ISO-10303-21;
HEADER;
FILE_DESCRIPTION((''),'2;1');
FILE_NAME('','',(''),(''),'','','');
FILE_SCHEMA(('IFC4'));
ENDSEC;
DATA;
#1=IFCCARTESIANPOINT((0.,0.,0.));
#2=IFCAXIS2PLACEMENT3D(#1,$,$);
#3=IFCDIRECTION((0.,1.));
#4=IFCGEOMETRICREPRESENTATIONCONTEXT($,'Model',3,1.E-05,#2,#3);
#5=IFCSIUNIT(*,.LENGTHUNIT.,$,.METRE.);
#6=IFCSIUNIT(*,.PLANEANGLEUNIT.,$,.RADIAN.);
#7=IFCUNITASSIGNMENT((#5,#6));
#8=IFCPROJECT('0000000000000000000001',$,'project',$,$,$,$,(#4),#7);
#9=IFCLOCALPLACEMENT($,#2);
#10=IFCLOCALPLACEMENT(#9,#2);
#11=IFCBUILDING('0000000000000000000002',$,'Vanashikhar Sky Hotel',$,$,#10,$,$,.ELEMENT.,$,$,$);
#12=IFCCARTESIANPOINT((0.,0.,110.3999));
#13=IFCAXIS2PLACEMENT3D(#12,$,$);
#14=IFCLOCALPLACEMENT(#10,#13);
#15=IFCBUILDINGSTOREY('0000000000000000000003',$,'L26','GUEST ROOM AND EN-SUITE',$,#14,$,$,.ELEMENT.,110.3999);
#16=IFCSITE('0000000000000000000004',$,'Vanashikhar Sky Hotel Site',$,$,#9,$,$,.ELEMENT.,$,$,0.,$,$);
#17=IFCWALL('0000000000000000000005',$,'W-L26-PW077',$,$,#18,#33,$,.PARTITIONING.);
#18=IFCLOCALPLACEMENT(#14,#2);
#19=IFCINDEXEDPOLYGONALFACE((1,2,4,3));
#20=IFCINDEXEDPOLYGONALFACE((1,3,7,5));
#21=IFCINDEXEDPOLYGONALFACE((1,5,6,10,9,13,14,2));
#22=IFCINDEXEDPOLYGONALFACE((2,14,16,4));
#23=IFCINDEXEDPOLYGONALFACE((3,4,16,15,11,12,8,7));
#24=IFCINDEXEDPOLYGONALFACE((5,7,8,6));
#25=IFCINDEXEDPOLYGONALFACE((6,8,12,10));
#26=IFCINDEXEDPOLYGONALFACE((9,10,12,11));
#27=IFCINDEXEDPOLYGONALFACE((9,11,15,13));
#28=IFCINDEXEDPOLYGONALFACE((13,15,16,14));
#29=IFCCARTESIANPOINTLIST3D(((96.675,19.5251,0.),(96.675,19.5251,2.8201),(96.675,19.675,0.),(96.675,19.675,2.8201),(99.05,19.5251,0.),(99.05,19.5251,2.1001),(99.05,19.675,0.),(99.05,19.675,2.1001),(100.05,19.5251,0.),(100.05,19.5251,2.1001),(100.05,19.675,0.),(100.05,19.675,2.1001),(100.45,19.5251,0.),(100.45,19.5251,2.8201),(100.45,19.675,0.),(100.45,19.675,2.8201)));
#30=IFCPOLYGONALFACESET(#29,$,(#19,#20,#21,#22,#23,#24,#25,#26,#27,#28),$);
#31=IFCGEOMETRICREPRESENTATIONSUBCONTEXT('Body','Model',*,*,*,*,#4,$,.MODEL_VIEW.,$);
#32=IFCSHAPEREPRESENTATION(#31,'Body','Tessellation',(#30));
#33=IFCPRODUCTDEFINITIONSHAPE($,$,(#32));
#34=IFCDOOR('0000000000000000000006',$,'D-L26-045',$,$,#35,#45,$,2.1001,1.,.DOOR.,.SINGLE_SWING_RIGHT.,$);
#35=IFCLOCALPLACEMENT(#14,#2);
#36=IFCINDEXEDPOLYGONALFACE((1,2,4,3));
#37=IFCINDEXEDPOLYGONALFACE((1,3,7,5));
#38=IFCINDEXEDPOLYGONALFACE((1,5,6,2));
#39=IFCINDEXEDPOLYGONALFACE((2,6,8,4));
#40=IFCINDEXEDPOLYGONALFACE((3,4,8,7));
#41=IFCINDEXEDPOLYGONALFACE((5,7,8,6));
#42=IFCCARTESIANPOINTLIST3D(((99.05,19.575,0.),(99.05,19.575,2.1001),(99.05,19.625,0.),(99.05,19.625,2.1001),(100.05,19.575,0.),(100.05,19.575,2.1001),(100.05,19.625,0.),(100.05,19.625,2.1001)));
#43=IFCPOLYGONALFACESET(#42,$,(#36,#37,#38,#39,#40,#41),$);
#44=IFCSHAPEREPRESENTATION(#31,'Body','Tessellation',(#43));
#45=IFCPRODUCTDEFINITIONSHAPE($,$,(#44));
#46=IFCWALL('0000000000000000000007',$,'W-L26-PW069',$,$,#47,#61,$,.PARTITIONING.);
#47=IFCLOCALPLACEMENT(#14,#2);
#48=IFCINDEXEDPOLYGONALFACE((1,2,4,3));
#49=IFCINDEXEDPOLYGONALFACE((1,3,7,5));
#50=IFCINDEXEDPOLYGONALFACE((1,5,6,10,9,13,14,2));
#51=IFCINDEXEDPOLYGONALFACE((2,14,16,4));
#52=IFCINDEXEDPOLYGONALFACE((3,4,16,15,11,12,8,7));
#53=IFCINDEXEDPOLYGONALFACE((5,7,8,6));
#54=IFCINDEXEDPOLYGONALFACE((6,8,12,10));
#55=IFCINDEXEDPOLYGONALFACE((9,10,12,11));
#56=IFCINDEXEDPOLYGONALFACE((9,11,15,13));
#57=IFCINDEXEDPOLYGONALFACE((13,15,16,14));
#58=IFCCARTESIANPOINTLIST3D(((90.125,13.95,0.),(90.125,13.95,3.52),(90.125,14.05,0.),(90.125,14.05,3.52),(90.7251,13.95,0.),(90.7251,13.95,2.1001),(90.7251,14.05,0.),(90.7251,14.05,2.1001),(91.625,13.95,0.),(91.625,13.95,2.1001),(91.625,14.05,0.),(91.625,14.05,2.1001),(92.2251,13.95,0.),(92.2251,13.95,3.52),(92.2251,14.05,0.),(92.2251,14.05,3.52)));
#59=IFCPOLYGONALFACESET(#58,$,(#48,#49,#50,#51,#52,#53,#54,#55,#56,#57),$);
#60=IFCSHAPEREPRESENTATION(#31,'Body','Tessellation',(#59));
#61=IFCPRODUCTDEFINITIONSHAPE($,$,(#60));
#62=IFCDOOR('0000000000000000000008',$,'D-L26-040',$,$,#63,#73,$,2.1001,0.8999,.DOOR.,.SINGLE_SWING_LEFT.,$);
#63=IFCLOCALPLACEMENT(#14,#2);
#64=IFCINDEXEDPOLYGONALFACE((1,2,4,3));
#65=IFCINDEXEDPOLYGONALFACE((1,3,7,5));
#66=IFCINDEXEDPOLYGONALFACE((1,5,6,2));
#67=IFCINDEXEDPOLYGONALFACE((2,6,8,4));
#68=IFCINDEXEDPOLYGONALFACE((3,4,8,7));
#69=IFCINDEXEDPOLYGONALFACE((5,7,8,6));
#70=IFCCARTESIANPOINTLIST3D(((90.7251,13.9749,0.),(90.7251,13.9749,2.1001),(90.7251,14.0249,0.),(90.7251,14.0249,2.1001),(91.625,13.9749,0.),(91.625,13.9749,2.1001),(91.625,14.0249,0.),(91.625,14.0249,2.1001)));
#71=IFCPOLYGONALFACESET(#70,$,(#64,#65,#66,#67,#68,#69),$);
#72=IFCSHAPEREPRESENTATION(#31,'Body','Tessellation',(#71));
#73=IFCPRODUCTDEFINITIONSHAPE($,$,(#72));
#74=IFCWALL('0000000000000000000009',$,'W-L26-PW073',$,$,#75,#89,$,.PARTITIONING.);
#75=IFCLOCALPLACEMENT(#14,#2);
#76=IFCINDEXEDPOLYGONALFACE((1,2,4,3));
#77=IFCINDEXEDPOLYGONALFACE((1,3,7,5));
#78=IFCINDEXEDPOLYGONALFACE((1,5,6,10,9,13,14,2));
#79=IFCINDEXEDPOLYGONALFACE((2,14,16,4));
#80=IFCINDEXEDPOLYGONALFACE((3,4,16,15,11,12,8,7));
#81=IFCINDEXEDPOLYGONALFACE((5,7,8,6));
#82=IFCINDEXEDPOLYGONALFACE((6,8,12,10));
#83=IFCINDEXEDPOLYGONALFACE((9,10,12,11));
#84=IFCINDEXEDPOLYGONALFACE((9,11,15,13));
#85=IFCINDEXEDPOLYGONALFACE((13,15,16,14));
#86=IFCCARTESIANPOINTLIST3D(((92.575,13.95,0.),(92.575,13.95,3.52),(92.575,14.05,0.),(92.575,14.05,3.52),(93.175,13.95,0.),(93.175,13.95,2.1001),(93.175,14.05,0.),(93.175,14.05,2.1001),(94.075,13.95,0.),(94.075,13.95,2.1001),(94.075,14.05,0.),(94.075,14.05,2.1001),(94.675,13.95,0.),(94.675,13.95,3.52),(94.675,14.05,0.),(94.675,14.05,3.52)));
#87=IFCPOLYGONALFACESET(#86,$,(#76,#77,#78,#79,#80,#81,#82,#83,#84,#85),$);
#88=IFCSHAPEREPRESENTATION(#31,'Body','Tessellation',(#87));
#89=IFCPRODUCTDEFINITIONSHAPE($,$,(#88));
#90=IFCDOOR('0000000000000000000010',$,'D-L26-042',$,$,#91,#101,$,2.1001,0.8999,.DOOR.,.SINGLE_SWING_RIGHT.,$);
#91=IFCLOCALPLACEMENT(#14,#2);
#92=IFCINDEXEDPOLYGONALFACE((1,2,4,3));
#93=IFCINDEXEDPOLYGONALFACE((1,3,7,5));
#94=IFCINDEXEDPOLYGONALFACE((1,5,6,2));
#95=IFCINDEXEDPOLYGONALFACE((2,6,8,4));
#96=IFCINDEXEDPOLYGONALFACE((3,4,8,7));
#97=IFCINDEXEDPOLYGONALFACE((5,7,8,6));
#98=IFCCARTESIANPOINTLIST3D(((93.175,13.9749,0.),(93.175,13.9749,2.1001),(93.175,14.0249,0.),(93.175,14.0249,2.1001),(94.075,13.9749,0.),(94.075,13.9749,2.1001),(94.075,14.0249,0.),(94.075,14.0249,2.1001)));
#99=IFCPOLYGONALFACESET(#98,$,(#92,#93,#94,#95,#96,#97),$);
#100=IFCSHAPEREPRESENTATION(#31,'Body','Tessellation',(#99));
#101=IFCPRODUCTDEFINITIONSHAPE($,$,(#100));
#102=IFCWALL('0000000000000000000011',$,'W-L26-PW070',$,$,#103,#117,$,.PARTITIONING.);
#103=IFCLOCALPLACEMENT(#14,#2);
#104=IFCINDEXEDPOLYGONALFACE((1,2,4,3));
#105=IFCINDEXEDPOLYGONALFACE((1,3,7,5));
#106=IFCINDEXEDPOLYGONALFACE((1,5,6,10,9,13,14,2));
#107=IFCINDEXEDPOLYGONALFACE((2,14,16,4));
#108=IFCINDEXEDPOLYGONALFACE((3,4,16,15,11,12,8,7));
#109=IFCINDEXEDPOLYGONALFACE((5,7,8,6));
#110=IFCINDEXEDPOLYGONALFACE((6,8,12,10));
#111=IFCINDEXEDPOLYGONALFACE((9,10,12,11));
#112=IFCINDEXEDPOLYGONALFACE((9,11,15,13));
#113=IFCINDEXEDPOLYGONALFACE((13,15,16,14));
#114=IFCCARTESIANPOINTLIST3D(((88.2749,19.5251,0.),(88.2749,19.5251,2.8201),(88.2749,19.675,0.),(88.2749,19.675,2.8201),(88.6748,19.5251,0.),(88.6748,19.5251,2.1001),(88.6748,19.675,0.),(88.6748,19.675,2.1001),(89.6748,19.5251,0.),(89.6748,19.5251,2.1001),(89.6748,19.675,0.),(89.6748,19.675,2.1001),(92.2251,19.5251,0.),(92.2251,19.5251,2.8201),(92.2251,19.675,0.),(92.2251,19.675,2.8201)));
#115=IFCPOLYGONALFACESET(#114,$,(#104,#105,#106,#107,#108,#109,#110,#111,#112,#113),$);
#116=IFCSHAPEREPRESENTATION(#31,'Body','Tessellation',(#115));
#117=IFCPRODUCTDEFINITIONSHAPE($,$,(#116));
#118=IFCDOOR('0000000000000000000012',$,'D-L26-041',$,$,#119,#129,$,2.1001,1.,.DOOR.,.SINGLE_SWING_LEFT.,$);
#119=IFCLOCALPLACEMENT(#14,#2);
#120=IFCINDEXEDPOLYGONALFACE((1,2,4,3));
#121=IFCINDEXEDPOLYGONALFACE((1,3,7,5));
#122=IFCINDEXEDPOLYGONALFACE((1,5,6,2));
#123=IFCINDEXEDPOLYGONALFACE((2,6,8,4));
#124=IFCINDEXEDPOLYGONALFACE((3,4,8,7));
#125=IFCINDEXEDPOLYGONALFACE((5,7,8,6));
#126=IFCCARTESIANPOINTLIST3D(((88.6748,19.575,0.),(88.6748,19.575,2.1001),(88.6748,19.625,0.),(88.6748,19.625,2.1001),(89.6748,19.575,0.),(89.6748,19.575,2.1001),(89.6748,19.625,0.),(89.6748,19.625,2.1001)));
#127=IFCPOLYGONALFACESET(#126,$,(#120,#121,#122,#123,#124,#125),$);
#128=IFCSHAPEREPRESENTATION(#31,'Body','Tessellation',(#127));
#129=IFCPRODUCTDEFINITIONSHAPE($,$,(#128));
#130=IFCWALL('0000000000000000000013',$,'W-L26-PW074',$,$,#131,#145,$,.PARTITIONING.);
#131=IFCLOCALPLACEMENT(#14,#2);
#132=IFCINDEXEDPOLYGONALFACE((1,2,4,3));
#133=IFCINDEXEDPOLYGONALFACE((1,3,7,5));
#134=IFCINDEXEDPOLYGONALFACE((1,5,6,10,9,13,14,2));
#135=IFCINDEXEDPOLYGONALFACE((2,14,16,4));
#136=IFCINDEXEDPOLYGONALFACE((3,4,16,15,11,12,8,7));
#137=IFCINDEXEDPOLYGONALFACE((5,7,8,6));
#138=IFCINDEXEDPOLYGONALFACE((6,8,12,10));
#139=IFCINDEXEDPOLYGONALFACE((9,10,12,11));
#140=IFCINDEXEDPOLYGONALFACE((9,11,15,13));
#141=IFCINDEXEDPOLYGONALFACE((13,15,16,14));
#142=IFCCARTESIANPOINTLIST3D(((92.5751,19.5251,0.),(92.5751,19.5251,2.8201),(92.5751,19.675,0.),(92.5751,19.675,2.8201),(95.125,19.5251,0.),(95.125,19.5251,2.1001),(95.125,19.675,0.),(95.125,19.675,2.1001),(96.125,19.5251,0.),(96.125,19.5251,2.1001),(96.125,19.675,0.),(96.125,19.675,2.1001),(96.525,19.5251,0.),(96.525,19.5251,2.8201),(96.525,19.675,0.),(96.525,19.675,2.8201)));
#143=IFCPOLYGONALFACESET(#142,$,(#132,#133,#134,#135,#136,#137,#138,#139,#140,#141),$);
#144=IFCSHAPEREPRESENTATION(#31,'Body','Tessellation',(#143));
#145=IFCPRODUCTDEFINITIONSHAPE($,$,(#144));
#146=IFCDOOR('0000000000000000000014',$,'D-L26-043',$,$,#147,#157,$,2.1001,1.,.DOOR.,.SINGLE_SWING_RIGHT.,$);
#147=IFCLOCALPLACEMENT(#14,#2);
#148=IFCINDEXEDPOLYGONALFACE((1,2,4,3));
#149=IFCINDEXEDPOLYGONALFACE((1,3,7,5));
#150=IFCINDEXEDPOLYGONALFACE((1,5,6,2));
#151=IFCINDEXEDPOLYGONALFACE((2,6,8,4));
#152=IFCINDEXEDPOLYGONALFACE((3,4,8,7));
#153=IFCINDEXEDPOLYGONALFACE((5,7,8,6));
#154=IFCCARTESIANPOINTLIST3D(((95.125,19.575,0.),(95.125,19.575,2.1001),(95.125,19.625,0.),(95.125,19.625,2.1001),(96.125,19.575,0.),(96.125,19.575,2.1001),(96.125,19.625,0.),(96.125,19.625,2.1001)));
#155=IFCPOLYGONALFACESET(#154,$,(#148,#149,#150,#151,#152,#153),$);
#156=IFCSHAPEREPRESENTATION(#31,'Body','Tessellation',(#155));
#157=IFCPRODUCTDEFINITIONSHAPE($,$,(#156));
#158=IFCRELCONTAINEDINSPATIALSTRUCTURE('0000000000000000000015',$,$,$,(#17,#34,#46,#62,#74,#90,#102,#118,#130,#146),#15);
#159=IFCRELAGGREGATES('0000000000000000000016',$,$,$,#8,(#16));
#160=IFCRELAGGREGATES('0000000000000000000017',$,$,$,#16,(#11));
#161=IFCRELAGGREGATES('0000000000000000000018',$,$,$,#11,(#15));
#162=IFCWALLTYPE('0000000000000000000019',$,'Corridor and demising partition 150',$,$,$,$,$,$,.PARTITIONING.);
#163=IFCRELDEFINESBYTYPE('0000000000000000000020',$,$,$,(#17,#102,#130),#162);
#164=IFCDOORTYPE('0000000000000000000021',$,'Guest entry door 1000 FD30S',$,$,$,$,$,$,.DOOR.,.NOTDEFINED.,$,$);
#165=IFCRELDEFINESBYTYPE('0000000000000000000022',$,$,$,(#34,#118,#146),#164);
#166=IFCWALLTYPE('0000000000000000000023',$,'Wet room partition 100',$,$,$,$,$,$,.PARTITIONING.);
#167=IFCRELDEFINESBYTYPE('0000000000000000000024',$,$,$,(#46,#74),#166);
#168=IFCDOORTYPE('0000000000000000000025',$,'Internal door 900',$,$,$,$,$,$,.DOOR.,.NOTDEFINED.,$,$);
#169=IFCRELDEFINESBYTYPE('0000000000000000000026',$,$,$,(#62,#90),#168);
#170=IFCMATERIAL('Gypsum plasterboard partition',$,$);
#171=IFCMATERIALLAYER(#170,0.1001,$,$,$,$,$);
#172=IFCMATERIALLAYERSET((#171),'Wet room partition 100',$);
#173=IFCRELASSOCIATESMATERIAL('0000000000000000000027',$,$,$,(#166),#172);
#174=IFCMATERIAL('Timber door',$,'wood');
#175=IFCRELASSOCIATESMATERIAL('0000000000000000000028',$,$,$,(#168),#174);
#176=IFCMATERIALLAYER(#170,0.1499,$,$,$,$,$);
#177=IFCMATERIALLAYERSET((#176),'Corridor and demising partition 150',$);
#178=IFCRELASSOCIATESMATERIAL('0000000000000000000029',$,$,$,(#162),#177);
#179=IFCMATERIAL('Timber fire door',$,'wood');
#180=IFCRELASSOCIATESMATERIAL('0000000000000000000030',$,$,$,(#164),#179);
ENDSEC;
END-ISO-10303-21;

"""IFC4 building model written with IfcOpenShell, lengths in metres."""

from ifc_helpers import new_model, si_unit, direction, frame, frame_2d, origin, place, context, subcontext, project, spatial, rectangle, extrude, source, transform, mapped, material, layer, layer_set, type_object, element, fill, save


model = new_model("IFC4")

# Units and contexts
model_context = context("Model", 3, precision=1e-05, world=origin(), true_north=direction((0.0, 1.0)))
body_context = subcontext(model_context, "Body", "Model", "MODEL_VIEW")
ifc_project = project(units=[si_unit("LENGTHUNIT", "METRE"), si_unit("PLANEANGLEUNIT", "RADIAN")], contexts=[model_context])

# Site, building, storey
site_placement = place(None, origin())
site = spatial("IfcSite", under=ifc_project, at=site_placement, Name="Vanashikhar Sky Hotel Site", CompositionType="ELEMENT", RefElevation=0.0)
building_placement = place(site_placement, origin())
building = spatial("IfcBuilding", under=site, at=building_placement, Name="Vanashikhar Sky Hotel", CompositionType="ELEMENT")
storey_placement = place(building_placement, frame((0.0, 0.0, 110.3999)))
storey = spatial("IfcBuildingStorey", under=building, at=storey_placement, Name="L26", Description="GUEST ROOM AND EN-SUITE", CompositionType="ELEMENT", Elevation=110.3999)

# Shared definitions
ifc_material_1 = material(Name="Gypsum plasterboard partition")
ifc_layer_1 = layer(ifc_material_1, 0.1001)
ifc_layer_set_1 = layer_set([ifc_layer_1], Name="Wet room partition 100")
wall_type_1 = type_object("IfcWallType", Name="Wet room partition 100", PredefinedType="PARTITIONING", material=ifc_layer_set_1)

# Walls, openings, doors
shared_shape_1 = source(origin(), body_context, "Body", "SweptSolid", [
    extrude(rectangle(XDim=0.8999, YDim=2.1001, at=frame_2d((0.45, 1.05))), frame((0.0, 0.0601, 0.0), z_axis=(0.0, -1.0, 0.0), x_axis=(1.0, 0.0, 0.0)), (0.0, 0.0, 1.0), 0.1201),
])
ifc_material_2 = material(Name="Timber door", Category="wood")
door_type_1 = type_object("IfcDoorType", Name="Internal door 900", OperationType="NOTDEFINED", PredefinedType="DOOR", material=ifc_material_2)
shared_shape_2 = source(origin(), body_context, "Body", "SweptSolid", [
    extrude(rectangle(XDim=0.8999, YDim=2.1001, at=frame_2d((0.45, 1.05))), frame((0.0, 0.0249, 0.0), z_axis=(0.0, -1.0, 0.0), x_axis=(1.0, 0.0, 0.0)), (0.0, 0.0, 1.0), 0.05),
])
ifc_layer_2 = layer(ifc_material_1, 0.1499)
ifc_layer_set_2 = layer_set([ifc_layer_2], Name="Corridor and demising partition 150")
wall_type_2 = type_object("IfcWallType", Name="Corridor and demising partition 150", PredefinedType="PARTITIONING", material=ifc_layer_set_2)
shared_shape_3 = source(origin(), body_context, "Body", "SweptSolid", [
    extrude(rectangle(XDim=3.7749, YDim=0.1499, at=frame_2d((1.8875, 0.0))), origin(), (0.0, 0.0, 1.0), 2.8201),
])
wall_1_placement = place(storey_placement, frame((96.675, 19.6001, 0.0), z_axis=(0.0, 0.0, 1.0), x_axis=(1.0, 0.0, 0.0)))
wall_1 = element("IfcWall", 1, at=wall_1_placement, inside=storey, type_object=wall_type_2, Name="W-L26-PW077", PredefinedType="PARTITIONING", context=body_context, shape_type="MappedRepresentation", body=[
    mapped(shared_shape_3, transform((0.0, 0.0, 0.0), scale=1.0)),
])
shared_shape_4 = source(origin(), body_context, "Body", "SweptSolid", [
    extrude(rectangle(XDim=1.0, YDim=2.1001, at=frame_2d((0.5, 1.05))), frame((0.0, 0.085, 0.0), z_axis=(0.0, -1.0, 0.0), x_axis=(1.0, 0.0, 0.0)), (0.0, 0.0, 1.0), 0.1699),
])
opening_1_placement = place(wall_1_placement, frame((2.375, 0.0, 0.0)))
opening_1 = element("IfcOpeningElement", 2, at=opening_1_placement, cuts=wall_1, PredefinedType="OPENING", context=body_context, shape_type="MappedRepresentation", body=[
    mapped(shared_shape_4, transform((0.0, 0.0, 0.0), scale=1.0)),
])
ifc_material_3 = material(Name="Timber fire door", Category="wood")
door_type_2 = type_object("IfcDoorType", Name="Guest entry door 1000 FD30S", OperationType="NOTDEFINED", PredefinedType="DOOR", material=ifc_material_3)
shared_shape_5 = source(origin(), body_context, "Body", "SweptSolid", [
    extrude(rectangle(XDim=1.0, YDim=2.1001, at=frame_2d((0.5, 1.05))), frame((0.0, 0.0249, 0.0), z_axis=(0.0, -1.0, 0.0), x_axis=(1.0, 0.0, 0.0)), (0.0, 0.0, 1.0), 0.05),
])
door_1_placement = place(opening_1_placement, origin())
door_1 = element("IfcDoor", 3, at=door_1_placement, inside=storey, type_object=door_type_2, Name="D-L26-045", OperationType="SINGLE_SWING_RIGHT", OverallHeight=2.1001, OverallWidth=1.0, PredefinedType="DOOR", context=body_context, shape_type="MappedRepresentation", body=[
    mapped(shared_shape_5, transform((0.0, 0.0, 0.0), scale=1.0)),
])
fill(opening_1, door_1)
shared_shape_6 = source(origin(), body_context, "Body", "SweptSolid", [
    extrude(rectangle(XDim=2.1001, YDim=0.1001, at=frame_2d((1.05, 0.0))), origin(), (0.0, 0.0, 1.0), 3.52),
])
wall_2_placement = place(storey_placement, frame((90.125, 14.0, 0.0), z_axis=(0.0, 0.0, 1.0), x_axis=(1.0, 0.0, 0.0)))
wall_2 = element("IfcWall", 4, at=wall_2_placement, inside=storey, type_object=wall_type_1, Name="W-L26-PW069", PredefinedType="PARTITIONING", context=body_context, shape_type="MappedRepresentation", body=[
    mapped(shared_shape_6, transform((0.0, 0.0, 0.0), scale=1.0)),
])
opening_2_placement = place(wall_2_placement, frame((0.6001, 0.0, 0.0)))
opening_2 = element("IfcOpeningElement", 5, at=opening_2_placement, cuts=wall_2, PredefinedType="OPENING", context=body_context, shape_type="MappedRepresentation", body=[
    mapped(shared_shape_1, transform((0.0, 0.0, 0.0), scale=1.0)),
])
door_2_placement = place(opening_2_placement, origin())
door_2 = element("IfcDoor", 6, at=door_2_placement, inside=storey, type_object=door_type_1, Name="D-L26-040", OperationType="SINGLE_SWING_LEFT", OverallHeight=2.1001, OverallWidth=0.8999, PredefinedType="DOOR", context=body_context, shape_type="MappedRepresentation", body=[
    mapped(shared_shape_2, transform((0.0, 0.0, 0.0), scale=1.0)),
])
fill(opening_2, door_2)
wall_3_placement = place(storey_placement, frame((92.575, 14.0, 0.0), z_axis=(0.0, 0.0, 1.0), x_axis=(1.0, 0.0, 0.0)))
wall_3 = element("IfcWall", 7, at=wall_3_placement, inside=storey, type_object=wall_type_1, Name="W-L26-PW073", PredefinedType="PARTITIONING", context=body_context, shape_type="MappedRepresentation", body=[
    mapped(shared_shape_6, transform((0.0, 0.0, 0.0), scale=1.0)),
])
opening_3_placement = place(wall_3_placement, frame((0.6001, 0.0, 0.0)))
opening_3 = element("IfcOpeningElement", 8, at=opening_3_placement, cuts=wall_3, PredefinedType="OPENING", context=body_context, shape_type="MappedRepresentation", body=[
    mapped(shared_shape_1, transform((0.0, 0.0, 0.0), scale=1.0)),
])
door_3_placement = place(opening_3_placement, origin())
door_3 = element("IfcDoor", 9, at=door_3_placement, inside=storey, type_object=door_type_1, Name="D-L26-042", OperationType="SINGLE_SWING_RIGHT", OverallHeight=2.1001, OverallWidth=0.8999, PredefinedType="DOOR", context=body_context, shape_type="MappedRepresentation", body=[
    mapped(shared_shape_2, transform((0.0, 0.0, 0.0), scale=1.0)),
])
fill(opening_3, door_3)
shared_shape_7 = source(origin(), body_context, "Body", "SweptSolid", [
    extrude(rectangle(XDim=3.9502, YDim=0.1499, at=frame_2d((1.9751, 0.0))), origin(), (0.0, 0.0, 1.0), 2.8201),
])
wall_4_placement = place(storey_placement, frame((88.2749, 19.6001, 0.0), z_axis=(0.0, 0.0, 1.0), x_axis=(1.0, 0.0, 0.0)))
wall_4 = element("IfcWall", 10, at=wall_4_placement, inside=storey, type_object=wall_type_2, Name="W-L26-PW070", PredefinedType="PARTITIONING", context=body_context, shape_type="MappedRepresentation", body=[
    mapped(shared_shape_7, transform((0.0, 0.0, 0.0), scale=1.0)),
])
opening_4_placement = place(wall_4_placement, frame((0.3999, 0.0, 0.0)))
opening_4 = element("IfcOpeningElement", 11, at=opening_4_placement, cuts=wall_4, PredefinedType="OPENING", context=body_context, shape_type="MappedRepresentation", body=[
    mapped(shared_shape_4, transform((0.0, 0.0, 0.0), scale=1.0)),
])
door_4_placement = place(opening_4_placement, origin())
door_4 = element("IfcDoor", 12, at=door_4_placement, inside=storey, type_object=door_type_2, Name="D-L26-041", OperationType="SINGLE_SWING_LEFT", OverallHeight=2.1001, OverallWidth=1.0, PredefinedType="DOOR", context=body_context, shape_type="MappedRepresentation", body=[
    mapped(shared_shape_5, transform((0.0, 0.0, 0.0), scale=1.0)),
])
fill(opening_4, door_4)
shared_shape_8 = source(origin(), body_context, "Body", "SweptSolid", [
    extrude(rectangle(XDim=3.95, YDim=0.1499, at=frame_2d((1.9751, 0.0))), origin(), (0.0, 0.0, 1.0), 2.8201),
])
wall_5_placement = place(storey_placement, frame((92.575, 19.6001, 0.0), z_axis=(0.0, 0.0, 1.0), x_axis=(1.0, 0.0, 0.0)))
wall_5 = element("IfcWall", 13, at=wall_5_placement, inside=storey, type_object=wall_type_2, Name="W-L26-PW074", PredefinedType="PARTITIONING", context=body_context, shape_type="MappedRepresentation", body=[
    mapped(shared_shape_8, transform((0.0, 0.0, 0.0), scale=1.0)),
])
opening_5_placement = place(wall_5_placement, frame((2.55, 0.0, 0.0)))
opening_5 = element("IfcOpeningElement", 14, at=opening_5_placement, cuts=wall_5, PredefinedType="OPENING", context=body_context, shape_type="MappedRepresentation", body=[
    mapped(shared_shape_4, transform((0.0, 0.0, 0.0), scale=1.0)),
])
door_5_placement = place(opening_5_placement, origin())
door_5 = element("IfcDoor", 15, at=door_5_placement, inside=storey, type_object=door_type_2, Name="D-L26-043", OperationType="SINGLE_SWING_RIGHT", OverallHeight=2.1001, OverallWidth=1.0, PredefinedType="DOOR", context=body_context, shape_type="MappedRepresentation", body=[
    mapped(shared_shape_5, transform((0.0, 0.0, 0.0), scale=1.0)),
])
fill(opening_5, door_5)

save(model, "model.ifc")
